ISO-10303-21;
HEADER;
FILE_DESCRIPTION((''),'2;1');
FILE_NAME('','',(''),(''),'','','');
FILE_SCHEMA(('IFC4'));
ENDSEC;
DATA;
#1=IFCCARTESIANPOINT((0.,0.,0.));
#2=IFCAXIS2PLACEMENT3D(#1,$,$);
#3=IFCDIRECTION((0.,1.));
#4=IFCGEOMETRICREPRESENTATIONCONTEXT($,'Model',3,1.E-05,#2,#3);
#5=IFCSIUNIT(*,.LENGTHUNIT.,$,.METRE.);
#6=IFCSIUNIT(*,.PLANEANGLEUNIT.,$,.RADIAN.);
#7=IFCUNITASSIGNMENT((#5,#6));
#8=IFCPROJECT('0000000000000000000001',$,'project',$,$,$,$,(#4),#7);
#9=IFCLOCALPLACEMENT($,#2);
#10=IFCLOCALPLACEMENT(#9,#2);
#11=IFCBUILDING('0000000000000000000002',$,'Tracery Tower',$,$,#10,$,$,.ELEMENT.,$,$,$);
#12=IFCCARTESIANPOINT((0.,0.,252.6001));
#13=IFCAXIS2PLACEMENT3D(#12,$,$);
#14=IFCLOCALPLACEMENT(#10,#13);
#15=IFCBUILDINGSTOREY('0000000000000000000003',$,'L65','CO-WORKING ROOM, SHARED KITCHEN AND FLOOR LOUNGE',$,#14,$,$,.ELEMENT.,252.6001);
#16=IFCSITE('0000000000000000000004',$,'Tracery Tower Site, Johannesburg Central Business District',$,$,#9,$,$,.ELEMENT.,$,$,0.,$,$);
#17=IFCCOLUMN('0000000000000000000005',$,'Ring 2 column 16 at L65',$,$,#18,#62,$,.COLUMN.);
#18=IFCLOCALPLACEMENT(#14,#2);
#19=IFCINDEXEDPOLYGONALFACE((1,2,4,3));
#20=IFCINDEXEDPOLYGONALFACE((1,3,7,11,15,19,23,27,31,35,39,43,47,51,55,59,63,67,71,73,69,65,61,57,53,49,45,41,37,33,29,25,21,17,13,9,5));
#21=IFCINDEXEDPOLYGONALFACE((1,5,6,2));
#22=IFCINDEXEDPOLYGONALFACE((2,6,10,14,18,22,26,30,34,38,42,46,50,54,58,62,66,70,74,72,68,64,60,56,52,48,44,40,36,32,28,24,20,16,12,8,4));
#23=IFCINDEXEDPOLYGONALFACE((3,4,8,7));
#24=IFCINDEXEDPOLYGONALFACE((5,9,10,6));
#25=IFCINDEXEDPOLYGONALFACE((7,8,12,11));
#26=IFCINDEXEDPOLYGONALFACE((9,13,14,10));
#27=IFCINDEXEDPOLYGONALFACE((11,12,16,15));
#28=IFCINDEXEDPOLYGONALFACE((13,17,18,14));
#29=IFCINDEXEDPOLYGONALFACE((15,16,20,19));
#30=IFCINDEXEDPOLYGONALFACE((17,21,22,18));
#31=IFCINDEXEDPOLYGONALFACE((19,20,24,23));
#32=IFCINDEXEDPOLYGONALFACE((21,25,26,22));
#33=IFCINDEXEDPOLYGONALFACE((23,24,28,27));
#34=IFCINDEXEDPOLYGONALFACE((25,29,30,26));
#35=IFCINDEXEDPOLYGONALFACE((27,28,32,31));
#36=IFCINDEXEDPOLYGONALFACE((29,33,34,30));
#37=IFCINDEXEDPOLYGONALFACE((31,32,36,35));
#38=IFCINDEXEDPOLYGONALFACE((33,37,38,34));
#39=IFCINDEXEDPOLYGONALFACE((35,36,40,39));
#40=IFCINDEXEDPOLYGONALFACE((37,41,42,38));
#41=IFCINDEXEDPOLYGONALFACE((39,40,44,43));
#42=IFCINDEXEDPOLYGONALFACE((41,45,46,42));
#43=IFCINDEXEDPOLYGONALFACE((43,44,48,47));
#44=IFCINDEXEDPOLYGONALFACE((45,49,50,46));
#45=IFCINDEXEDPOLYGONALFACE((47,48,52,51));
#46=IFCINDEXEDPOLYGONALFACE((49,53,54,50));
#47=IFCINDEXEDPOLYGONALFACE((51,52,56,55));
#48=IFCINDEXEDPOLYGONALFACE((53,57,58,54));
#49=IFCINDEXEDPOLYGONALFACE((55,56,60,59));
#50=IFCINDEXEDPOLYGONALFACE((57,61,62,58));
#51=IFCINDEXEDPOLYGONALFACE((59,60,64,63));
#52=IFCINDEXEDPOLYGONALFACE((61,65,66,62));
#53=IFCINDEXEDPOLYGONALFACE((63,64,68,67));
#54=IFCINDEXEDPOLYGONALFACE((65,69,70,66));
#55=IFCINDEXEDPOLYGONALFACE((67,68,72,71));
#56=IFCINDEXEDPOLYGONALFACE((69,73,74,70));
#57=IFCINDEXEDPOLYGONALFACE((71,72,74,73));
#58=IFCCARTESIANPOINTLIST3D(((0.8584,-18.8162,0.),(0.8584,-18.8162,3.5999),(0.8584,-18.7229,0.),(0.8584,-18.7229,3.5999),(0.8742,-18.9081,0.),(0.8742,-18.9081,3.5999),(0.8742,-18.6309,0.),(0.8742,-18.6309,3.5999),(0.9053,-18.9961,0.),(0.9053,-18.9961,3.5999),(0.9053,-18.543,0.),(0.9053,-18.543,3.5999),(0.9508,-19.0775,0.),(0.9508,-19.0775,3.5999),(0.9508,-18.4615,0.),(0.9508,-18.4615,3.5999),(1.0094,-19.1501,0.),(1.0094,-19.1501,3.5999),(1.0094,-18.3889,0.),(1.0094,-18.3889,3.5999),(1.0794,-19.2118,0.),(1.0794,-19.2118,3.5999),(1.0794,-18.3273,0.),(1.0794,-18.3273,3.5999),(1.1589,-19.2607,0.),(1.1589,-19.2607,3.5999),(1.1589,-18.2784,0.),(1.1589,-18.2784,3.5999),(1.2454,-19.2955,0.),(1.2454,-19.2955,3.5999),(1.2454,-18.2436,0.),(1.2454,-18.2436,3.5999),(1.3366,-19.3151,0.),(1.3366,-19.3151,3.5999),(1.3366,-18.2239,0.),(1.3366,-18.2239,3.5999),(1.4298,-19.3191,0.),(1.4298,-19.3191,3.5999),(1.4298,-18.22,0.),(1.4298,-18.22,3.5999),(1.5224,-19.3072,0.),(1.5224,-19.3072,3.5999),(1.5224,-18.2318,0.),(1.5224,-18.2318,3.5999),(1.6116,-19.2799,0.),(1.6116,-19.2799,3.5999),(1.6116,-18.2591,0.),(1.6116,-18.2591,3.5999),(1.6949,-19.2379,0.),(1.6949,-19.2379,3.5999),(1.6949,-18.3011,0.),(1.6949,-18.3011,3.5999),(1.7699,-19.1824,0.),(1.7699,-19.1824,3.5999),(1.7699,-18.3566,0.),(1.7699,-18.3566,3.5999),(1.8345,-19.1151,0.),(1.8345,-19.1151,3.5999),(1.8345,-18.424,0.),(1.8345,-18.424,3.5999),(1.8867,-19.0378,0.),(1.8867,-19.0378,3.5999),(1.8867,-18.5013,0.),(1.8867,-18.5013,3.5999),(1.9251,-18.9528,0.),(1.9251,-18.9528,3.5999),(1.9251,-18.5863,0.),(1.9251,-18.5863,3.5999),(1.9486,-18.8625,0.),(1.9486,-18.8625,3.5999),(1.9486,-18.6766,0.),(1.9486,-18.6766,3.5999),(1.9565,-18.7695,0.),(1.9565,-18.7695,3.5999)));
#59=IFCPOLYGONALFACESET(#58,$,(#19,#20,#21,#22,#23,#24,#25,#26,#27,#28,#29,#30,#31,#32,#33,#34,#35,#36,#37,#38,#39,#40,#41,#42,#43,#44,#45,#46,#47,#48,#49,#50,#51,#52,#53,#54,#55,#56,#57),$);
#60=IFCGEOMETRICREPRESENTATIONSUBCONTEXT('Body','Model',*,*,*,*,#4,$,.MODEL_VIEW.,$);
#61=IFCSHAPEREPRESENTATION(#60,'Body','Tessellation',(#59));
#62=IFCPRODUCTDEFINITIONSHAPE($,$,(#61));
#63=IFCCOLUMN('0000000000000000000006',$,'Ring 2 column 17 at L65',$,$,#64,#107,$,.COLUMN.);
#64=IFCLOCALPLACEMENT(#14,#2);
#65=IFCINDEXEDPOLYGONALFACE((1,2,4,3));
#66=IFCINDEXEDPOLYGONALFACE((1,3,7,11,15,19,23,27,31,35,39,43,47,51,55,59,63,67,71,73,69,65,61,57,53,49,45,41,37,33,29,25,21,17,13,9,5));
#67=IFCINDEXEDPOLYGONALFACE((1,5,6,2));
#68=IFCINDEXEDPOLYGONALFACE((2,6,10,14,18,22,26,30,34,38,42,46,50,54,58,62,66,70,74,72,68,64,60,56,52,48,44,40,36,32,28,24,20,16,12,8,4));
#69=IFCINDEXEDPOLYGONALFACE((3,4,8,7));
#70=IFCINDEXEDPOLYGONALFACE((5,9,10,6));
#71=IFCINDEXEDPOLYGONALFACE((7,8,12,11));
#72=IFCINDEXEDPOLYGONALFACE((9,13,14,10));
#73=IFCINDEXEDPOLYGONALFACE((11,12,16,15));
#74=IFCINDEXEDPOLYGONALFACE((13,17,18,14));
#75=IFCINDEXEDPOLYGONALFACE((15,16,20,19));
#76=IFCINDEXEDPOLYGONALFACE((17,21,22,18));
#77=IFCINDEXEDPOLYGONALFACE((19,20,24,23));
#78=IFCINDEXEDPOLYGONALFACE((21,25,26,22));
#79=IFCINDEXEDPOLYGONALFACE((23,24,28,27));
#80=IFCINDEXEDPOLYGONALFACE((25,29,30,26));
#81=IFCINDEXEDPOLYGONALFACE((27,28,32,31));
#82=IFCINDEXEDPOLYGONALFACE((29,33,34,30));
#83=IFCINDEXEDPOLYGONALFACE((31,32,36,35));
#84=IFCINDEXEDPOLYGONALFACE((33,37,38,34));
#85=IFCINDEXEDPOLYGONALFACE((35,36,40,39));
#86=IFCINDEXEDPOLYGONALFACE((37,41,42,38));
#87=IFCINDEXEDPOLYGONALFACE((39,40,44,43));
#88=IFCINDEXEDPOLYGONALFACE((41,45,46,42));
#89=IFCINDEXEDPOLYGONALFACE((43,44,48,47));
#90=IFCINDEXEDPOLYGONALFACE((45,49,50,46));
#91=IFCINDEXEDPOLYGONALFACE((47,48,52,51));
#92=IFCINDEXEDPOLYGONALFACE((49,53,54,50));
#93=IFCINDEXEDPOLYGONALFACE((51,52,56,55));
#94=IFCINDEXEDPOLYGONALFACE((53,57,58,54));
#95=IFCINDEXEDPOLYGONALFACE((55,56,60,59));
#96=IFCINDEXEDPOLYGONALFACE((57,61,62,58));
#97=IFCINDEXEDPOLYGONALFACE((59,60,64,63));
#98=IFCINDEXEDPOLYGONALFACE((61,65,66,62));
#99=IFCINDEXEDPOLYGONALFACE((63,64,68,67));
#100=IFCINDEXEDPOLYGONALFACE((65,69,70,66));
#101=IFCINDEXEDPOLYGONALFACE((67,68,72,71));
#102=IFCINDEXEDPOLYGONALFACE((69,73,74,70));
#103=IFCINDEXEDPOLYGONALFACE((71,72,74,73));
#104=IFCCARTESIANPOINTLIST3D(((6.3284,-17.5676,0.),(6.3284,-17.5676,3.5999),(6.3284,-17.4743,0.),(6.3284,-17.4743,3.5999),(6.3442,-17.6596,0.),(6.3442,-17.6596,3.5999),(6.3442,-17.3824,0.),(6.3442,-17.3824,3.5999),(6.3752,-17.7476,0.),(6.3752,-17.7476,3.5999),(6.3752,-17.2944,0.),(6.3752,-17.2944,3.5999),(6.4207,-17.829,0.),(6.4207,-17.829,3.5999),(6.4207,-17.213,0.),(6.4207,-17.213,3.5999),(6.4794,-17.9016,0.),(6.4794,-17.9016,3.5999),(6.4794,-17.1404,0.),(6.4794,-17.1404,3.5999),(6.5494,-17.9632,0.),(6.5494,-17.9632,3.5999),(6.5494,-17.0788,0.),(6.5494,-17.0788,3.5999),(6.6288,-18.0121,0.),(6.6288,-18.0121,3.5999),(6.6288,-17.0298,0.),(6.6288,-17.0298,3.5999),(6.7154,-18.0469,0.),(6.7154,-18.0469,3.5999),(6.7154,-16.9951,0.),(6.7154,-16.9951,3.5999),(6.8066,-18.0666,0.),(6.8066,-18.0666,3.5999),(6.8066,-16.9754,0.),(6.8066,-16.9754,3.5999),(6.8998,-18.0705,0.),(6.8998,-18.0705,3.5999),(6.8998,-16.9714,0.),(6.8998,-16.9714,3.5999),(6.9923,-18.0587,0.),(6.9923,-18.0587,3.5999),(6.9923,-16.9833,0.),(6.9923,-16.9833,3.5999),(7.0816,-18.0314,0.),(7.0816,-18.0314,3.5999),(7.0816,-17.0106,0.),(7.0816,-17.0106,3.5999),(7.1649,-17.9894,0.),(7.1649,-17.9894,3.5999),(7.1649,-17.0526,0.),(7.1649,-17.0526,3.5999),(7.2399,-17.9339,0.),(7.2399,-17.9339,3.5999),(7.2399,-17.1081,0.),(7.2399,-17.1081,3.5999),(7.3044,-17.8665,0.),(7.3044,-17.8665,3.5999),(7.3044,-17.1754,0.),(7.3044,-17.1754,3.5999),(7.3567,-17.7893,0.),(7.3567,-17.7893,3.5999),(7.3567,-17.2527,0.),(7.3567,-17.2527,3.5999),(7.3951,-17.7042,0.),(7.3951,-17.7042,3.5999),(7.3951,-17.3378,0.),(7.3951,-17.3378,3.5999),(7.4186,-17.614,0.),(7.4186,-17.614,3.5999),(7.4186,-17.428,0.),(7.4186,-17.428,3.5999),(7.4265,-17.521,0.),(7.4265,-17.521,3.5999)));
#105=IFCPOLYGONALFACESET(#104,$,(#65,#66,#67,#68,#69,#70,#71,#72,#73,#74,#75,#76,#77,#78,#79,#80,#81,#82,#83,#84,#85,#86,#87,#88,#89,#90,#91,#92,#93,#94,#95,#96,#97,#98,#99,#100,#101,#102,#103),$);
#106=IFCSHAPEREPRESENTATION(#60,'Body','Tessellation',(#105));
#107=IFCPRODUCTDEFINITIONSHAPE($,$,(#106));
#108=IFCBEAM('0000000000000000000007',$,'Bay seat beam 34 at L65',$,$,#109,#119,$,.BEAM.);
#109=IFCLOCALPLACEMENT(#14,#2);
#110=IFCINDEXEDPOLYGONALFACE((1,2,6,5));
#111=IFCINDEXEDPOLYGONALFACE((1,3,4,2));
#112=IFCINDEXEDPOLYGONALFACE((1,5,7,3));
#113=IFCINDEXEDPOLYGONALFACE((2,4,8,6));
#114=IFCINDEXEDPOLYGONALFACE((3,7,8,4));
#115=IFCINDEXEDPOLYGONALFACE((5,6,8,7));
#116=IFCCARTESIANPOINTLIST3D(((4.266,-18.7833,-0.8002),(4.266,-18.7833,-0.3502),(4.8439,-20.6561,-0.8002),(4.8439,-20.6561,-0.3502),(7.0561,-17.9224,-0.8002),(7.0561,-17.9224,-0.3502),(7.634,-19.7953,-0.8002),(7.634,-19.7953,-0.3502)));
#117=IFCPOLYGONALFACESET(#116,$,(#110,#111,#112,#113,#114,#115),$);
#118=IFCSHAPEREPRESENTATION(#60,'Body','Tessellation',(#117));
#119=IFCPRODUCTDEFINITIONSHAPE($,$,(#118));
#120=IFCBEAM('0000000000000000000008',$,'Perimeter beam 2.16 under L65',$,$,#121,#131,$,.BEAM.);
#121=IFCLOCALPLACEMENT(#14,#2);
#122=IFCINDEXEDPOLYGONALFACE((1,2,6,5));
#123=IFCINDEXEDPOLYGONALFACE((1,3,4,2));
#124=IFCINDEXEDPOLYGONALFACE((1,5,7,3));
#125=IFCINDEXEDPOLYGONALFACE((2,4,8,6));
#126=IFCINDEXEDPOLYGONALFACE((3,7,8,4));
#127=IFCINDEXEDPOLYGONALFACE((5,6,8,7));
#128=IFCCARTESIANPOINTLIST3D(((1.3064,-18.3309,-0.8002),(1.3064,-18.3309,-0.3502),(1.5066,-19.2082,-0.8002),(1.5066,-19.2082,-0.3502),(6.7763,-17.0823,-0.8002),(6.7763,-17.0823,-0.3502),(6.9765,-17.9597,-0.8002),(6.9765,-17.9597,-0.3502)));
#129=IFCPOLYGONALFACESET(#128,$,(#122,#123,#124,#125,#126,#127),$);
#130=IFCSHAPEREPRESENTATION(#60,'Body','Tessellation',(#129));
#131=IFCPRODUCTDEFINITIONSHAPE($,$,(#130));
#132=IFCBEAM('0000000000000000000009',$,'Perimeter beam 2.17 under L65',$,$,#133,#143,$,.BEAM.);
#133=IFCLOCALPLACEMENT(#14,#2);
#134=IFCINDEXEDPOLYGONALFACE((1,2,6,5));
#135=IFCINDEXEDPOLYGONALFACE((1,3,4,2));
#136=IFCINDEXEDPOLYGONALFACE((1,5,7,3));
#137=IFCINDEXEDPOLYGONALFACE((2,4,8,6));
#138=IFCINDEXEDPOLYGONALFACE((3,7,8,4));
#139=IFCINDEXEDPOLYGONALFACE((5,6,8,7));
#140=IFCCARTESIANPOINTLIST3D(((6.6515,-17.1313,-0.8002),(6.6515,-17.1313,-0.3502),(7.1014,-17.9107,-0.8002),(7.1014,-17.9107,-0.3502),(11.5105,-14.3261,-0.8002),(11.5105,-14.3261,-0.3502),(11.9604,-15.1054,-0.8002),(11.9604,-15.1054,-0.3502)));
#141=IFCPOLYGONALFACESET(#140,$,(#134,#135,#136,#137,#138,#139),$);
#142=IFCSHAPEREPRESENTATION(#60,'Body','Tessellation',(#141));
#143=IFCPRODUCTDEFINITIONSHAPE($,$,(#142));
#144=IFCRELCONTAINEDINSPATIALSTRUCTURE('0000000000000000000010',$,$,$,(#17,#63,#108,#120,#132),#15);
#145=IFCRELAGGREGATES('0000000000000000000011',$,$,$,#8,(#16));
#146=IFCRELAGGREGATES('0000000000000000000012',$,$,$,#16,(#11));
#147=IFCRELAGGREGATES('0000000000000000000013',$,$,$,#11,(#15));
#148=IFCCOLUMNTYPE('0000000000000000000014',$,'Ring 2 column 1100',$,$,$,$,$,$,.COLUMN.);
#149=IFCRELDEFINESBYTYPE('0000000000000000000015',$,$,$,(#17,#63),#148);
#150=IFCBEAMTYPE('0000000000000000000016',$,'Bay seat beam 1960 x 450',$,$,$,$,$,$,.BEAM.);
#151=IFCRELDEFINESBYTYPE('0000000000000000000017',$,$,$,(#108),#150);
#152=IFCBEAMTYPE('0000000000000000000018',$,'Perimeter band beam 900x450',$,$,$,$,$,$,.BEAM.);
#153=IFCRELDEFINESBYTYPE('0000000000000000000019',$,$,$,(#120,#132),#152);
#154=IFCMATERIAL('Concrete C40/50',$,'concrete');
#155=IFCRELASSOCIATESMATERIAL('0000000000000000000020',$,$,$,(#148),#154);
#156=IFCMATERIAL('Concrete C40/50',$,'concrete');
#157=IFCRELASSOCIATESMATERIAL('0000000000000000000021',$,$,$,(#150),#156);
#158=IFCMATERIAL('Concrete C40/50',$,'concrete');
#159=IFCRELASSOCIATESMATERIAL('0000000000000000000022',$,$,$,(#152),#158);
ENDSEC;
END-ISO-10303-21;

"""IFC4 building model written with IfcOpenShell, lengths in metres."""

from ifc_helpers import new_model, si_unit, direction, frame, origin, origin_2d, place, context, subcontext, project, spatial, rectangle, circle, extrude, material, material_profile, profile_set, type_object, element, save


model = new_model("IFC4")

# Units and contexts
model_context = context("Model", 3, precision=1e-05, world=origin(), true_north=direction((0.0, 1.0)))
body_context = subcontext(model_context, "Body", "Model", "MODEL_VIEW")
ifc_project = project(units=[si_unit("LENGTHUNIT", "METRE"), si_unit("PLANEANGLEUNIT", "RADIAN")], contexts=[model_context])

# Site, building, storey
site_placement = place(None, origin())
site = spatial("IfcSite", under=ifc_project, at=site_placement, Name="Tracery Tower Site, Johannesburg Central Business District", CompositionType="ELEMENT", RefElevation=0.0)
building_placement = place(site_placement, origin())
building = spatial("IfcBuilding", under=site, at=building_placement, Name="Tracery Tower", CompositionType="ELEMENT")
storey_placement = place(building_placement, frame((0.0, 0.0, 252.6001)))
storey = spatial("IfcBuildingStorey", under=building, at=storey_placement, Name="L65", Description="CO-WORKING ROOM, SHARED KITCHEN AND FLOOR LOUNGE", CompositionType="ELEMENT", Elevation=252.6001)

# Columns
ifc_material_1 = material(Name="Concrete C40/50", Category="concrete")
ifc_material_profile_1 = material_profile(ifc_material_1, circle(Radius=0.55, at=origin_2d()), Name="RC D1100")
ifc_profile_set_1 = profile_set([ifc_material_profile_1], Name="Concrete C40/50")
column_type = type_object("IfcColumnType", Name="Ring 2 column 1100", PredefinedType="COLUMN", material=ifc_profile_set_1)
for number, where, z_axis, x_axis, name in (
    (1, (1.4065, -18.7695, 0.0), (0.0, 0.0, 1.0), (1.0, 0.0, 0.0), "Ring 2 column 16 at L65"),
    (2, (6.8765, -17.521, 0.0), (0.0, 0.0, 1.0), (1.0, 0.0, 0.0), "Ring 2 column 17 at L65"),
):
    element("IfcColumn", number, at=place(storey_placement, frame(where, z_axis=z_axis, x_axis=x_axis)), inside=storey, type_object=column_type, Name=name, PredefinedType="COLUMN", context=body_context, shape_type="SweptSolid", body=[
        extrude(circle(Radius=0.55, at=origin_2d()), origin(), (0.0, 0.0, 1.0), 3.5999),
    ])

# Beams
ifc_material_2 = material(Name="Concrete C40/50", Category="concrete")
ifc_material_profile_2 = material_profile(ifc_material_2, rectangle(XDim=1.96, YDim=0.45, at=origin_2d()), Name="RC 1960x450")
ifc_profile_set_2 = profile_set([ifc_material_profile_2], Name="Concrete C40/50")
beam_type_1 = type_object("IfcBeamType", Name="Bay seat beam 1960 x 450", PredefinedType="BEAM", material=ifc_profile_set_2)
beam_placement = place(storey_placement, frame((4.5549, -19.7197, -0.5752), z_axis=(0.955551, 0.294826, 0.0), x_axis=(-0.294826, 0.955551, 0.0)))
element("IfcBeam", 3, at=beam_placement, inside=storey, type_object=beam_type_1, Name="Bay seat beam 34 at L65", PredefinedType="BEAM", context=body_context, shape_type="SweptSolid", body=[
    extrude(rectangle(XDim=1.96, YDim=0.45, at=origin_2d()), origin(), (0.0, 0.0, 1.0), 2.9199),
])
ifc_material_3 = material(Name="Concrete C40/50", Category="concrete")
ifc_material_profile_3 = material_profile(ifc_material_3, rectangle(XDim=0.8999, YDim=0.45, at=origin_2d()), Name="RC 900x450")
ifc_profile_set_3 = profile_set([ifc_material_profile_3], Name="Concrete C40/50")
beam_type_2 = type_object("IfcBeamType", Name="Perimeter band beam 900x450", PredefinedType="BEAM", material=ifc_profile_set_3)
for number, where, z_axis, x_axis, name in (
    (4, (1.4065, -18.7695, -0.5752), (0.974926, 0.222529, 0.0), (-0.222529, 0.974926, 0.0), "Perimeter beam 2.16 under L65"),
    (5, (6.8765, -17.521, -0.5752), (0.866033, 0.499986, 0.0), (-0.499986, 0.866033, 0.0), "Perimeter beam 2.17 under L65"),
):
    element("IfcBeam", number, at=place(storey_placement, frame(where, z_axis=z_axis, x_axis=x_axis)), inside=storey, type_object=beam_type_2, Name=name, PredefinedType="BEAM", context=body_context, shape_type="SweptSolid", body=[
        extrude(rectangle(XDim=0.8999, YDim=0.45, at=origin_2d()), origin(), (0.0, 0.0, 1.0), 5.6106),
    ])

save(model, "model.ifc")
